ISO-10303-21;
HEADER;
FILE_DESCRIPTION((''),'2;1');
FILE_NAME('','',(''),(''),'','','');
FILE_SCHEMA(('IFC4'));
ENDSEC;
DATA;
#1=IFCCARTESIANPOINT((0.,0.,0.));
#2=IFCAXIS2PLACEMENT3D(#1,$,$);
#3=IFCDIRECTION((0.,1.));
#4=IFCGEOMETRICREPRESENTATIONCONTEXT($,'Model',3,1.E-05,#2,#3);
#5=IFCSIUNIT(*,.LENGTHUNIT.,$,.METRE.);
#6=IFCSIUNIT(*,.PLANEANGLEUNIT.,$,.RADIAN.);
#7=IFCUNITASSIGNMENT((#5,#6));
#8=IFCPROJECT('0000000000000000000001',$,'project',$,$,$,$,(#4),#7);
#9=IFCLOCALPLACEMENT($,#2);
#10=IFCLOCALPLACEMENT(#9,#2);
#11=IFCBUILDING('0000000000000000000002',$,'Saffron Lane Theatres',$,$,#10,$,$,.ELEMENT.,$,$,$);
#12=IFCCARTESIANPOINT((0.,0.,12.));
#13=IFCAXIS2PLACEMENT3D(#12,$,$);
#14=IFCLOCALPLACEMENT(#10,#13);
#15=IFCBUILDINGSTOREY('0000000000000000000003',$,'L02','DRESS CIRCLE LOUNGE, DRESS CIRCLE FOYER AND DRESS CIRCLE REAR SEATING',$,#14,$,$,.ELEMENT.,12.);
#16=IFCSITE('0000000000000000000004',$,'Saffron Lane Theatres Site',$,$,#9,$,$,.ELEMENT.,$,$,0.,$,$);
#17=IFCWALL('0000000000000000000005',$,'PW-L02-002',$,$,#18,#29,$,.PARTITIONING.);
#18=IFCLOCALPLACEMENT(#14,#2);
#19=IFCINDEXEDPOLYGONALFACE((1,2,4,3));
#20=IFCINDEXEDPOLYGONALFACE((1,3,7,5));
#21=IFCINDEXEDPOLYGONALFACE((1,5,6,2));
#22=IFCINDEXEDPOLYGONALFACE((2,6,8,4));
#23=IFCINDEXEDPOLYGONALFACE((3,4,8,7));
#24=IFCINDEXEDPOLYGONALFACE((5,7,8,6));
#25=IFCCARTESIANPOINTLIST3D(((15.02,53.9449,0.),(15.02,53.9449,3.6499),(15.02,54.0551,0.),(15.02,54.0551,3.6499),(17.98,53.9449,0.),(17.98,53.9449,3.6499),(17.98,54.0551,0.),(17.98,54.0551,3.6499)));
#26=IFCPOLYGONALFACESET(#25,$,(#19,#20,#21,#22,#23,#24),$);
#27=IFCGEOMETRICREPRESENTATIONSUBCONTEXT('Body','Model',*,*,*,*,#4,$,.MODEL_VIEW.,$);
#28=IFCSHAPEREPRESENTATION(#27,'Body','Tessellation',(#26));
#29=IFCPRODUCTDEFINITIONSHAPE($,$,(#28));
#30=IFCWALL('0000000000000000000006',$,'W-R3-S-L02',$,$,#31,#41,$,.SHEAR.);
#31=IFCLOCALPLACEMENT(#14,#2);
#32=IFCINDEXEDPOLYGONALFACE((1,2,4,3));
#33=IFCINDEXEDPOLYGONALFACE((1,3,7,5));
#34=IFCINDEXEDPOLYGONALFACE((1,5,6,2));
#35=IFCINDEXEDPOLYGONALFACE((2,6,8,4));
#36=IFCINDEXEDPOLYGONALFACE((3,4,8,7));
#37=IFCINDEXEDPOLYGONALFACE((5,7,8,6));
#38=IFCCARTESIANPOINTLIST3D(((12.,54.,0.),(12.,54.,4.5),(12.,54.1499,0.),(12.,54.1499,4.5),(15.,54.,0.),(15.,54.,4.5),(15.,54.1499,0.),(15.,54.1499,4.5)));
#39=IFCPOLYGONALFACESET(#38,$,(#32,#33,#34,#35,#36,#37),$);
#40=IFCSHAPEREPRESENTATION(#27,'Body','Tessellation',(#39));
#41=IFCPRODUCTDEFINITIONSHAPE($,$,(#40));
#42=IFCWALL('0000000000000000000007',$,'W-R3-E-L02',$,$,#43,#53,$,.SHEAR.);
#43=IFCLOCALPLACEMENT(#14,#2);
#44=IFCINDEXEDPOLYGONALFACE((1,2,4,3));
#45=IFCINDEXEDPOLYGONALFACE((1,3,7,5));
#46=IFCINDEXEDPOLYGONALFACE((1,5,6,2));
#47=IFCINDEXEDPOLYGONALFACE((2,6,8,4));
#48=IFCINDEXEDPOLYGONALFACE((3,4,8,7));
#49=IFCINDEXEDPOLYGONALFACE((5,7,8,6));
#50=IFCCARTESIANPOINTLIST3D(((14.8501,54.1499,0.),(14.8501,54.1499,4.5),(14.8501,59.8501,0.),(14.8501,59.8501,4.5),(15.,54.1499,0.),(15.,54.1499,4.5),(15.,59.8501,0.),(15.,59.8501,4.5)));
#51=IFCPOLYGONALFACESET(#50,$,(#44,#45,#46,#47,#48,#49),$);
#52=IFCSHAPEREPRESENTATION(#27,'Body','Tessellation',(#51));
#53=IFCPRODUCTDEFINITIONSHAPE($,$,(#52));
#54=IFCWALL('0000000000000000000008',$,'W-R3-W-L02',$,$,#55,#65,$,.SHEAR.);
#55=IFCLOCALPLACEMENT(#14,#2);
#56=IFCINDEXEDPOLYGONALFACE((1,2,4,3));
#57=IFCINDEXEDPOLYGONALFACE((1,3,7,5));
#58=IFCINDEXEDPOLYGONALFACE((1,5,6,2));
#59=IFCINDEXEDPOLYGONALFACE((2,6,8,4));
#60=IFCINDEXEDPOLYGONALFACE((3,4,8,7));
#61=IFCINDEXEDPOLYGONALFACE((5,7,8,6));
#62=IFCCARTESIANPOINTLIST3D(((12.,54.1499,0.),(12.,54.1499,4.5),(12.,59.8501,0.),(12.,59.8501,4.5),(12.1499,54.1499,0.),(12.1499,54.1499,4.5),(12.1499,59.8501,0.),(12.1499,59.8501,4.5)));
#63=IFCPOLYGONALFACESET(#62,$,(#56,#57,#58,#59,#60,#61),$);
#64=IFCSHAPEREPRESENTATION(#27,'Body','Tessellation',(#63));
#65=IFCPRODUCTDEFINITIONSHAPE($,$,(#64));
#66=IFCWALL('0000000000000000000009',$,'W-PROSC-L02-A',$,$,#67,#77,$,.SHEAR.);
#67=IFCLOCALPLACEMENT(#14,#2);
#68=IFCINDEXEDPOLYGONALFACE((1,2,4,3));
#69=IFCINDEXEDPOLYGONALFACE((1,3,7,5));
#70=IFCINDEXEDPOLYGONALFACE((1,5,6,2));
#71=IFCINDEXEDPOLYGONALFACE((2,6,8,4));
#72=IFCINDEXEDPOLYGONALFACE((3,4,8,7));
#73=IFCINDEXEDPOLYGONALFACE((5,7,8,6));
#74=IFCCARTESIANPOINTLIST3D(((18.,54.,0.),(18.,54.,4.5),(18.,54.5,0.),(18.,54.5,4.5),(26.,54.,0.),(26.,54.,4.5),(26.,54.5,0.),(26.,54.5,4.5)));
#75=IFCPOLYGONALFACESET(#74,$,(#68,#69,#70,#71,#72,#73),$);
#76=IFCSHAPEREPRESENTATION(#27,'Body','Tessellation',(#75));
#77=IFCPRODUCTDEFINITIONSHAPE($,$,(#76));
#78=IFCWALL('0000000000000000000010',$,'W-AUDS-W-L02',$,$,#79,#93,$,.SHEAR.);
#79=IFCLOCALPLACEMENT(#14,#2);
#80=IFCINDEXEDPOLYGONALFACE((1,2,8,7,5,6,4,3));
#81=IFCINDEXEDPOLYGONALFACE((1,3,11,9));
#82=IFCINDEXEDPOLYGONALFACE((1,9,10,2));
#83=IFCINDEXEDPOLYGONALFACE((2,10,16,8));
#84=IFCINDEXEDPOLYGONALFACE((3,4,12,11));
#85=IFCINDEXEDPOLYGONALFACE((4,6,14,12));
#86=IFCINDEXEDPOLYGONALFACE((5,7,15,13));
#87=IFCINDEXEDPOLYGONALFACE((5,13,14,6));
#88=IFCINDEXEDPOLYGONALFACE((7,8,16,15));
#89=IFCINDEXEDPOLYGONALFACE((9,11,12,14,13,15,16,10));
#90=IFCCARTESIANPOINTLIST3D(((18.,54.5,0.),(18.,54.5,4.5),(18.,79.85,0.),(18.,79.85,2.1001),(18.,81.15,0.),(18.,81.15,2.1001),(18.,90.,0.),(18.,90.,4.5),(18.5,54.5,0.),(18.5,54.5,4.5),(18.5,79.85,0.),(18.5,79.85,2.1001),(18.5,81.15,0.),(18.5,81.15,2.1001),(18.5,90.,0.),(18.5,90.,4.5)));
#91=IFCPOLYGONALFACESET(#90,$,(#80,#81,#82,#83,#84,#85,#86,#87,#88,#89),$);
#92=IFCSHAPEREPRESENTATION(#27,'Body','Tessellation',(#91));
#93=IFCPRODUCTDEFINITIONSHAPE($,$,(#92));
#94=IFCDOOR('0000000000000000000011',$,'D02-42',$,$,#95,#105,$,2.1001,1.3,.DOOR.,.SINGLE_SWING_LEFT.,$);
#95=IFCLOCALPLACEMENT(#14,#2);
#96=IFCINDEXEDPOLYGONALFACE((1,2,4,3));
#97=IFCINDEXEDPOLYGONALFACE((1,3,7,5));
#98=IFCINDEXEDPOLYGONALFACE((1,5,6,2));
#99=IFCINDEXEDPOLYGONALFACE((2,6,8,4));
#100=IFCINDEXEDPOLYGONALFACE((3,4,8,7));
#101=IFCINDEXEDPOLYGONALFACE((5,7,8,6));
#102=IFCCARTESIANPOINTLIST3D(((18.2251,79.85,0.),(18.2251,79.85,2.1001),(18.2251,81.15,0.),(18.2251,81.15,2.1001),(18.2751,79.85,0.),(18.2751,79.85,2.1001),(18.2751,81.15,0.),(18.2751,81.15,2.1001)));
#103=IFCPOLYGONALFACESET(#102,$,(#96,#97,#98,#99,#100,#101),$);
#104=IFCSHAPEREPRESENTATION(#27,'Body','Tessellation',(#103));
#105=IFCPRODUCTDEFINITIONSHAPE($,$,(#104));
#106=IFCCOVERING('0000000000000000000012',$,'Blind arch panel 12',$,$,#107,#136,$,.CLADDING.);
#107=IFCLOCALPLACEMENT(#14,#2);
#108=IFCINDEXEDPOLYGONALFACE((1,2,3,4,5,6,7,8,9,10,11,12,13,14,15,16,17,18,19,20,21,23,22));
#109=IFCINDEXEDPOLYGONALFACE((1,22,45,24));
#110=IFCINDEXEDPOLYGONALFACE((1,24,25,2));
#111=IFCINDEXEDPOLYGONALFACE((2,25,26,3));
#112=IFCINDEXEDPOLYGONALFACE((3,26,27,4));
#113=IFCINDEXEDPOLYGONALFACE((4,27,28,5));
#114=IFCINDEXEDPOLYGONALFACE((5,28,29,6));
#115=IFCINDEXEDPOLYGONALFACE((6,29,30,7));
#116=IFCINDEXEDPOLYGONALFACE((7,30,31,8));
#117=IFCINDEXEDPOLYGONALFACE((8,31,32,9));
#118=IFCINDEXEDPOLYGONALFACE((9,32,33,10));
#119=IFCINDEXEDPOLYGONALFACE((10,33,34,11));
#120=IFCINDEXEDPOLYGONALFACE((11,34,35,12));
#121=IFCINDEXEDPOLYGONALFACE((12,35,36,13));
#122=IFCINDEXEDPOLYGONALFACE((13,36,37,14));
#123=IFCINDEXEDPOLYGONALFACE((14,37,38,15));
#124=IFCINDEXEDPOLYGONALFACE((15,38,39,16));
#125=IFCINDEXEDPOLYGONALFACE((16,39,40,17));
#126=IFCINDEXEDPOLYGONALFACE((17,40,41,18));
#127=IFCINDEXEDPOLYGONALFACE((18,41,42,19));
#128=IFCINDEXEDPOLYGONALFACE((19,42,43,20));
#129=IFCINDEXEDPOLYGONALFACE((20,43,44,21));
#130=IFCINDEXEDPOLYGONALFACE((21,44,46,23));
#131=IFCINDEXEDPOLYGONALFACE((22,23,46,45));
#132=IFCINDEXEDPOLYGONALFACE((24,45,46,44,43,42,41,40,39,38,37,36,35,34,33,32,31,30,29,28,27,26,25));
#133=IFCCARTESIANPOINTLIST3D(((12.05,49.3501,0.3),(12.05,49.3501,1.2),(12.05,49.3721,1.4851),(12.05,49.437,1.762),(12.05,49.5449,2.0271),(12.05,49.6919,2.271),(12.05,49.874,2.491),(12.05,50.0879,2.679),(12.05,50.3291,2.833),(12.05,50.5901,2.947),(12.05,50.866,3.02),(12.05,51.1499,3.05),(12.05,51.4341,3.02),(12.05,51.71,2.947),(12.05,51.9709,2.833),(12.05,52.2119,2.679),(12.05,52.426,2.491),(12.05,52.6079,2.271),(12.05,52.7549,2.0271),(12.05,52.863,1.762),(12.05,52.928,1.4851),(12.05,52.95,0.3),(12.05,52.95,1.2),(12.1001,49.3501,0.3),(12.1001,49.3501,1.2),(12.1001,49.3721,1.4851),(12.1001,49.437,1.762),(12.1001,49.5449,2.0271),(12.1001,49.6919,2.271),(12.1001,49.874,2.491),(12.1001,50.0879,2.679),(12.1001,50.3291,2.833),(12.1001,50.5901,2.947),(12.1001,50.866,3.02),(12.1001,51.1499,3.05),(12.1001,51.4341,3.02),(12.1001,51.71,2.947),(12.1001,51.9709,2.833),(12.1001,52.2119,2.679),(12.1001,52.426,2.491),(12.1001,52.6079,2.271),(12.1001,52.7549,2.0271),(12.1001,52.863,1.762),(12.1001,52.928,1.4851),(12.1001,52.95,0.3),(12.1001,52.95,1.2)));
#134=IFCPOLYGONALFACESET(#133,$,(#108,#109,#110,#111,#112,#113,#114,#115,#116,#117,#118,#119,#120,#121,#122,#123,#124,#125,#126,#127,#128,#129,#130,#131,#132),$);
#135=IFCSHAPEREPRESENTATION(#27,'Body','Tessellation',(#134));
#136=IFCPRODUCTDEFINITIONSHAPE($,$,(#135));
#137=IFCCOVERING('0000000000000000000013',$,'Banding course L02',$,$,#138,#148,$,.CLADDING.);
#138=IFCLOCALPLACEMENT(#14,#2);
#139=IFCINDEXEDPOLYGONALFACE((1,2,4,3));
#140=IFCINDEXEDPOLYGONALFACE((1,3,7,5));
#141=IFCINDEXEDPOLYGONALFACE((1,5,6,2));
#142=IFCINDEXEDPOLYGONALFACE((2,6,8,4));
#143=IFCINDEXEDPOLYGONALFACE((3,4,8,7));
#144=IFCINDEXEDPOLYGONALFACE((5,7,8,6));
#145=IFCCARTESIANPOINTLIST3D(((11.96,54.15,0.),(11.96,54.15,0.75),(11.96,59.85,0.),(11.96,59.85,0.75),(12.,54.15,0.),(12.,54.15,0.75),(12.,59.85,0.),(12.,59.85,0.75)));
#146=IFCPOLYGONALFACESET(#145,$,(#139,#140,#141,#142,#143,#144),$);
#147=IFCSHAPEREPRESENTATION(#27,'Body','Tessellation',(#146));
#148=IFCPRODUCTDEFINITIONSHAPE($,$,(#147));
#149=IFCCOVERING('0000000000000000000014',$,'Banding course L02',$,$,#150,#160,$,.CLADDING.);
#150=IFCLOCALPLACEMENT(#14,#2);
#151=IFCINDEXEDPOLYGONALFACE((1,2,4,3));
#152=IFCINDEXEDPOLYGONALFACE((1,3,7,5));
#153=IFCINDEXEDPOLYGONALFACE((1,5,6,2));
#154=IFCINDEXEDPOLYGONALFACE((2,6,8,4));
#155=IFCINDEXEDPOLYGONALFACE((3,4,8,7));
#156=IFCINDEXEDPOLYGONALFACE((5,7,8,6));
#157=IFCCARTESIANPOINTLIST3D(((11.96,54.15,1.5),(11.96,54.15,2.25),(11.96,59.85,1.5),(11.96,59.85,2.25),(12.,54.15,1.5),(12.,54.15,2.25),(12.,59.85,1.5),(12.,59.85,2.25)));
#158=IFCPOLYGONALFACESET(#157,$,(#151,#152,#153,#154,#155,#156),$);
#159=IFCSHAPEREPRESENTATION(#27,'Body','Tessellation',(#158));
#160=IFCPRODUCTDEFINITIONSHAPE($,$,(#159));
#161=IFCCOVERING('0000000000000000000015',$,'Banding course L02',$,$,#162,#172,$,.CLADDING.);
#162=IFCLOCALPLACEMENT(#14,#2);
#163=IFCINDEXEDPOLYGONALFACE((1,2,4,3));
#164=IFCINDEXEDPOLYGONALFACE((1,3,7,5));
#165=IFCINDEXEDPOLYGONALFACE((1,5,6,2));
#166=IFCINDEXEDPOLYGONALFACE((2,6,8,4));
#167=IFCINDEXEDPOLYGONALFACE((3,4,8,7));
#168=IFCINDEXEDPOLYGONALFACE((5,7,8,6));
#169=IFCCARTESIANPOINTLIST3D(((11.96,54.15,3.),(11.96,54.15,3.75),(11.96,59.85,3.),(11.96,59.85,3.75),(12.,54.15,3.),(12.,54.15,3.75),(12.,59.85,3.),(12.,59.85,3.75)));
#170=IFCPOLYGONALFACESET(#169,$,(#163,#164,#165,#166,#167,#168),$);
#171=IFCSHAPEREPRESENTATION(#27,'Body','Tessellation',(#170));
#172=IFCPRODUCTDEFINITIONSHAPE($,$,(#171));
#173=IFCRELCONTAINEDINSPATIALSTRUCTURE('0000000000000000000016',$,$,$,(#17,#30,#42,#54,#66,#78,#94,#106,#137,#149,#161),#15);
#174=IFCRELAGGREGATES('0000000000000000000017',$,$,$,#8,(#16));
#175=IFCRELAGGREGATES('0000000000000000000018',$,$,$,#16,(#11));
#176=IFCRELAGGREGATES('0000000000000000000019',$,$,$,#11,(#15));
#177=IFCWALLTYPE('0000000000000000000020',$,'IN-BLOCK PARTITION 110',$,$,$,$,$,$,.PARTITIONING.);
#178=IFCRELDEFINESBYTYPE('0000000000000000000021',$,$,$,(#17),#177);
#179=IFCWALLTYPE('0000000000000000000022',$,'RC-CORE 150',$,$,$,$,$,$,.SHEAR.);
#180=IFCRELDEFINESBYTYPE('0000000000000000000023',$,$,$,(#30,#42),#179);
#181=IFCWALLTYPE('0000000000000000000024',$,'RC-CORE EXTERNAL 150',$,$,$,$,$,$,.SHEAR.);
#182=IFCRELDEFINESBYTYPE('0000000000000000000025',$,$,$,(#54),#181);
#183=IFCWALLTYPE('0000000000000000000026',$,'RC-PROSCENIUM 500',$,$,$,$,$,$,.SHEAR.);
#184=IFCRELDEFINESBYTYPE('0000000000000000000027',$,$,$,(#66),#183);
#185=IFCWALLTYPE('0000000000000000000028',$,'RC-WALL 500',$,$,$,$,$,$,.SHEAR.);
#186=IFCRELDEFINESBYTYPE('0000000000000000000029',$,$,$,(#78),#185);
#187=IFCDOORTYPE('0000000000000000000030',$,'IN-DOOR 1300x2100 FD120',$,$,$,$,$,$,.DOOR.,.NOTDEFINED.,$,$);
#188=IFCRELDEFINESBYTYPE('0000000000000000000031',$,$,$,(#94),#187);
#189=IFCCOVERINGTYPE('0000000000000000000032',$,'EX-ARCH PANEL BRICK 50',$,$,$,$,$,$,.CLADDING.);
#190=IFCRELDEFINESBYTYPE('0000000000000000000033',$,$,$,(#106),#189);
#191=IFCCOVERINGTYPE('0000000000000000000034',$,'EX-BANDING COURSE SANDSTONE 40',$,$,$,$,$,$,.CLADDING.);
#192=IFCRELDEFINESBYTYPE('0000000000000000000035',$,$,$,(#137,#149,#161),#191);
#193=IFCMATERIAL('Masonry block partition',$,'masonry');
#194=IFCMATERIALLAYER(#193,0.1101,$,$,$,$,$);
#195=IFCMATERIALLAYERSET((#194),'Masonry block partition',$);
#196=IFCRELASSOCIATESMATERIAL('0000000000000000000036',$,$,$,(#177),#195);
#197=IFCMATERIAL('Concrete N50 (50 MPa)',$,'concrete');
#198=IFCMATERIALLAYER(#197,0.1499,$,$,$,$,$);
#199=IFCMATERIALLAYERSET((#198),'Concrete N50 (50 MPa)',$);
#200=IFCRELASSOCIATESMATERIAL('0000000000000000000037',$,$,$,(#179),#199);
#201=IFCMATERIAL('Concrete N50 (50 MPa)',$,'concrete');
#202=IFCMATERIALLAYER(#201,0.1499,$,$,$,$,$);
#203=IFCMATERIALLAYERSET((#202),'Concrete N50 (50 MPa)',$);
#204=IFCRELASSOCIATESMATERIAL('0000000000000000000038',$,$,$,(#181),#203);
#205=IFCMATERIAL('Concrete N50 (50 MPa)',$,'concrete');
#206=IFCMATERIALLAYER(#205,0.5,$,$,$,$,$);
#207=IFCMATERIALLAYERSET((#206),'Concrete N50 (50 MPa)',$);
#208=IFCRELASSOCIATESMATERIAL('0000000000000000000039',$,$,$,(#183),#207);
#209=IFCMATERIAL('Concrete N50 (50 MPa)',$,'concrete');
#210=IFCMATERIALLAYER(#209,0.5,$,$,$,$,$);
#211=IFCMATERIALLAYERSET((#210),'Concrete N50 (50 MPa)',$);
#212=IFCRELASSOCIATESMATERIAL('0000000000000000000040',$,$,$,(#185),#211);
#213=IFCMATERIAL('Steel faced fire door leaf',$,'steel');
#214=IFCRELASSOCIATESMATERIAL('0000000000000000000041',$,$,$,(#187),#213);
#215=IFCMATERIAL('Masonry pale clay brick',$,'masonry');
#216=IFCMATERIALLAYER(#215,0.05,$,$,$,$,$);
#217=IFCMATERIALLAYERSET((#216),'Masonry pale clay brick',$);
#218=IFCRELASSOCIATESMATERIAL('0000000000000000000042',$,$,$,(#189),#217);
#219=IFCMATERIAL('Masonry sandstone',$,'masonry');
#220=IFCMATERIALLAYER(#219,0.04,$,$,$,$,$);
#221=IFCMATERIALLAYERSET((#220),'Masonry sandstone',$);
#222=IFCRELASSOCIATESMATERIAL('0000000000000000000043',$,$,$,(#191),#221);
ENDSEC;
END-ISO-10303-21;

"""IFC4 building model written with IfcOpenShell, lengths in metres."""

from ifc_helpers import new_model, si_unit, direction, frame, frame_2d, origin, origin_2d, place, context, subcontext, project, spatial, polyline, rectangle, outline, extrude, material, layer, layer_set, type_object, element, fill, save


model = new_model("IFC4")

# Units and contexts
model_context = context("Model", 3, precision=1e-05, world=origin(), true_north=direction((0.0, 1.0)))
body_context = subcontext(model_context, "Body", "Model", "MODEL_VIEW")
ifc_project = project(units=[si_unit("LENGTHUNIT", "METRE"), si_unit("PLANEANGLEUNIT", "RADIAN")], contexts=[model_context])

# Site, building, storey
site_placement = place(None, origin())
site = spatial("IfcSite", under=ifc_project, at=site_placement, Name="Saffron Lane Theatres Site", CompositionType="ELEMENT", RefElevation=0.0)
building_placement = place(site_placement, origin())
building = spatial("IfcBuilding", under=site, at=building_placement, Name="Saffron Lane Theatres", CompositionType="ELEMENT")
storey_placement = place(building_placement, frame((0.0, 0.0, 12.0)))
storey = spatial("IfcBuildingStorey", under=building, at=storey_placement, Name="L02", Description="DRESS CIRCLE LOUNGE, DRESS CIRCLE FOYER AND DRESS CIRCLE REAR SEATING", CompositionType="ELEMENT", Elevation=12.0)

# Walls
ifc_material_1 = material(Name="Masonry block partition", Category="masonry")
ifc_layer_1 = layer(ifc_material_1, 0.1101)
ifc_layer_set_1 = layer_set([ifc_layer_1], Name="Masonry block partition")
wall_type_1 = type_object("IfcWallType", Name="IN-BLOCK PARTITION 110", PredefinedType="PARTITIONING", material=ifc_layer_set_1)
wall_1_placement = place(storey_placement, frame((15.02, 54.0, 0.0), z_axis=(0.0, 0.0, 1.0), x_axis=(1.0, 0.0, 0.0)))
element("IfcWall", 1, at=wall_1_placement, inside=storey, type_object=wall_type_1, Name="PW-L02-002", PredefinedType="PARTITIONING", context=body_context, shape_type="SweptSolid", body=[
    extrude(rectangle(XDim=2.96, YDim=0.1101, at=frame_2d((1.48, 0.0))), origin(), (0.0, 0.0, 1.0), 3.6499),
])
ifc_material_2 = material(Name="Concrete N50 (50 MPa)", Category="concrete")
ifc_layer_2 = layer(ifc_material_2, 0.1499)
ifc_layer_set_2 = layer_set([ifc_layer_2], Name="Concrete N50 (50 MPa)")
wall_type_2 = type_object("IfcWallType", Name="RC-CORE 150", PredefinedType="SHEAR", material=ifc_layer_set_2)
wall_2_placement = place(storey_placement, frame((12.0, 54.075, 0.0), z_axis=(0.0, 0.0, 1.0), x_axis=(1.0, 0.0, 0.0)))
element("IfcWall", 2, at=wall_2_placement, inside=storey, type_object=wall_type_2, Name="W-R3-S-L02", PredefinedType="SHEAR", context=body_context, shape_type="SweptSolid", body=[
    extrude(rectangle(XDim=3.0, YDim=0.1499, at=frame_2d((1.5, 0.0))), origin(), (0.0, 0.0, 1.0), 4.5),
])
wall_3_placement = place(storey_placement, frame((14.925, 54.1499, 0.0), z_axis=(0.0, 0.0, 1.0), x_axis=(0.0, 1.0, 0.0)))
element("IfcWall", 3, at=wall_3_placement, inside=storey, type_object=wall_type_2, Name="W-R3-E-L02", PredefinedType="SHEAR", context=body_context, shape_type="SweptSolid", body=[
    extrude(rectangle(XDim=5.7002, YDim=0.1499, at=frame_2d((2.8501, 0.0))), origin(), (0.0, 0.0, 1.0), 4.5),
])
ifc_material_3 = material(Name="Concrete N50 (50 MPa)", Category="concrete")
ifc_layer_3 = layer(ifc_material_3, 0.1499)
ifc_layer_set_3 = layer_set([ifc_layer_3], Name="Concrete N50 (50 MPa)")
wall_type_3 = type_object("IfcWallType", Name="RC-CORE EXTERNAL 150", PredefinedType="SHEAR", material=ifc_layer_set_3)
wall_4_placement = place(storey_placement, frame((12.075, 54.1499, 0.0), z_axis=(0.0, 0.0, 1.0), x_axis=(0.0, 1.0, 0.0)))
element("IfcWall", 4, at=wall_4_placement, inside=storey, type_object=wall_type_3, Name="W-R3-W-L02", PredefinedType="SHEAR", context=body_context, shape_type="SweptSolid", body=[
    extrude(rectangle(XDim=5.7002, YDim=0.1499, at=frame_2d((2.8501, 0.0))), origin(), (0.0, 0.0, 1.0), 4.5),
])
ifc_material_4 = material(Name="Concrete N50 (50 MPa)", Category="concrete")
ifc_layer_4 = layer(ifc_material_4, 0.5)
ifc_layer_set_4 = layer_set([ifc_layer_4], Name="Concrete N50 (50 MPa)")
wall_type_4 = type_object("IfcWallType", Name="RC-PROSCENIUM 500", PredefinedType="SHEAR", material=ifc_layer_set_4)
wall_5_placement = place(storey_placement, frame((18.0, 54.25, 0.0), z_axis=(0.0, 0.0, 1.0), x_axis=(1.0, 0.0, 0.0)))
element("IfcWall", 5, at=wall_5_placement, inside=storey, type_object=wall_type_4, Name="W-PROSC-L02-A", PredefinedType="SHEAR", context=body_context, shape_type="SweptSolid", body=[
    extrude(rectangle(XDim=8.0, YDim=0.5, at=frame_2d((4.0, 0.0))), origin(), (0.0, 0.0, 1.0), 4.5),
])

# Wall, opening, door
ifc_material_5 = material(Name="Concrete N50 (50 MPa)", Category="concrete")
ifc_layer_5 = layer(ifc_material_5, 0.5)
ifc_layer_set_5 = layer_set([ifc_layer_5], Name="Concrete N50 (50 MPa)")
wall_type_5 = type_object("IfcWallType", Name="RC-WALL 500", PredefinedType="SHEAR", material=ifc_layer_set_5)
wall_6_placement = place(storey_placement, frame((18.25, 54.5, 0.0), z_axis=(0.0, 0.0, 1.0), x_axis=(0.0, 1.0, 0.0)))
wall_6 = element("IfcWall", 6, at=wall_6_placement, inside=storey, type_object=wall_type_5, Name="W-AUDS-W-L02", PredefinedType="SHEAR", context=body_context, shape_type="SweptSolid", body=[
    extrude(rectangle(XDim=35.5, YDim=0.5, at=frame_2d((17.75, 0.0))), origin(), (0.0, 0.0, 1.0), 4.5),
])
opening_placement = place(wall_6_placement, frame((25.3501, 0.0, 0.0)))
opening = element("IfcOpeningElement", 7, at=opening_placement, cuts=wall_6, PredefinedType="OPENING", context=body_context, shape_type="SweptSolid", body=[
    extrude(rectangle(XDim=1.3, YDim=2.1001, at=frame_2d((0.6499, 1.05))), frame((0.0, 0.26, 0.0), z_axis=(0.0, -1.0, 0.0), x_axis=(1.0, 0.0, 0.0)), (0.0, 0.0, 1.0), 0.52),
])
ifc_material_6 = material(Name="Steel faced fire door leaf", Category="steel")
door_type = type_object("IfcDoorType", Name="IN-DOOR 1300x2100 FD120", OperationType="NOTDEFINED", PredefinedType="DOOR", material=ifc_material_6)
door_placement = place(opening_placement, origin())
door = element("IfcDoor", 8, at=door_placement, inside=storey, type_object=door_type, Name="D02-42", OperationType="SINGLE_SWING_LEFT", OverallHeight=2.1001, OverallWidth=1.3, PredefinedType="DOOR", context=body_context, shape_type="SweptSolid", body=[
    extrude(rectangle(XDim=1.3, YDim=2.1001, at=frame_2d((0.6499, 1.05))), frame((0.0, 0.0249, 0.0), z_axis=(0.0, -1.0, 0.0), x_axis=(1.0, 0.0, 0.0)), (0.0, 0.0, 1.0), 0.05),
])
fill(opening, door)

# Coverings
ifc_material_7 = material(Name="Masonry pale clay brick", Category="masonry")
ifc_layer_6 = layer(ifc_material_7, 0.05)
ifc_layer_set_6 = layer_set([ifc_layer_6], Name="Masonry pale clay brick")
covering_type_1 = type_object("IfcCoveringType", Name="EX-ARCH PANEL BRICK 50", PredefinedType="CLADDING", material=ifc_layer_set_6)
covering_1_placement = place(storey_placement, frame((12.1001, 49.3501, 1.2), z_axis=(1.0, 0.0, 0.0), x_axis=(0.0, 0.0, -1.0)))
element("IfcCovering", 9, at=covering_1_placement, inside=storey, type_object=covering_type_1, Name="Blind arch panel 12", PredefinedType="CLADDING", context=body_context, shape_type="SweptSolid", body=[
    extrude(outline(polyline([(0.0, 0.0), (0.8999, 0.0), (0.8999, 3.5999), (0.0, 3.5999), (-0.2852, 3.5779), (-0.562, 3.5129), (-0.8271, 3.4048), (-1.071, 3.2578), (-1.291, 3.0759), (-1.479, 2.8618), (-1.6331, 2.6208), (-1.7471, 2.3599), (-1.8201, 2.084), (-1.8501, 1.7998), (-1.8201, 1.5159), (-1.7471, 1.24), (-1.6331, 0.979), (-1.479, 0.7378), (-1.291, 0.5239), (-1.071, 0.3418), (-0.8271, 0.1948), (-0.562, 0.0869), (-0.2852, 0.022), (0.0, 0.0)])), origin(), (0.0, 0.0, -1.0), 0.05),
])
ifc_material_8 = material(Name="Masonry sandstone", Category="masonry")
ifc_layer_7 = layer(ifc_material_8, 0.04)
ifc_layer_set_7 = layer_set([ifc_layer_7], Name="Masonry sandstone")
covering_type_2 = type_object("IfcCoveringType", Name="EX-BANDING COURSE SANDSTONE 40", PredefinedType="CLADDING", material=ifc_layer_set_7)
for number, where, z_axis, x_axis, name in (
    (10, (11.98, 57.0, 0.0), (0.0, 0.0, 1.0), (0.0, 1.0, 0.0), "Banding course L02"),
    (11, (11.98, 57.0, 1.5), (0.0, 0.0, 1.0), (0.0, 1.0, 0.0), "Banding course L02"),
    (12, (11.98, 57.0, 3.0), (0.0, 0.0, 1.0), (0.0, 1.0, 0.0), "Banding course L02"),
):
    element("IfcCovering", number, at=place(storey_placement, frame(where, z_axis=z_axis, x_axis=x_axis)), inside=storey, type_object=covering_type_2, Name=name, PredefinedType="CLADDING", context=body_context, shape_type="SweptSolid", body=[
        extrude(rectangle(XDim=5.7, YDim=0.04, at=origin_2d()), origin(), (0.0, 0.0, 1.0), 0.75),
    ])

save(model, "model.ifc")
